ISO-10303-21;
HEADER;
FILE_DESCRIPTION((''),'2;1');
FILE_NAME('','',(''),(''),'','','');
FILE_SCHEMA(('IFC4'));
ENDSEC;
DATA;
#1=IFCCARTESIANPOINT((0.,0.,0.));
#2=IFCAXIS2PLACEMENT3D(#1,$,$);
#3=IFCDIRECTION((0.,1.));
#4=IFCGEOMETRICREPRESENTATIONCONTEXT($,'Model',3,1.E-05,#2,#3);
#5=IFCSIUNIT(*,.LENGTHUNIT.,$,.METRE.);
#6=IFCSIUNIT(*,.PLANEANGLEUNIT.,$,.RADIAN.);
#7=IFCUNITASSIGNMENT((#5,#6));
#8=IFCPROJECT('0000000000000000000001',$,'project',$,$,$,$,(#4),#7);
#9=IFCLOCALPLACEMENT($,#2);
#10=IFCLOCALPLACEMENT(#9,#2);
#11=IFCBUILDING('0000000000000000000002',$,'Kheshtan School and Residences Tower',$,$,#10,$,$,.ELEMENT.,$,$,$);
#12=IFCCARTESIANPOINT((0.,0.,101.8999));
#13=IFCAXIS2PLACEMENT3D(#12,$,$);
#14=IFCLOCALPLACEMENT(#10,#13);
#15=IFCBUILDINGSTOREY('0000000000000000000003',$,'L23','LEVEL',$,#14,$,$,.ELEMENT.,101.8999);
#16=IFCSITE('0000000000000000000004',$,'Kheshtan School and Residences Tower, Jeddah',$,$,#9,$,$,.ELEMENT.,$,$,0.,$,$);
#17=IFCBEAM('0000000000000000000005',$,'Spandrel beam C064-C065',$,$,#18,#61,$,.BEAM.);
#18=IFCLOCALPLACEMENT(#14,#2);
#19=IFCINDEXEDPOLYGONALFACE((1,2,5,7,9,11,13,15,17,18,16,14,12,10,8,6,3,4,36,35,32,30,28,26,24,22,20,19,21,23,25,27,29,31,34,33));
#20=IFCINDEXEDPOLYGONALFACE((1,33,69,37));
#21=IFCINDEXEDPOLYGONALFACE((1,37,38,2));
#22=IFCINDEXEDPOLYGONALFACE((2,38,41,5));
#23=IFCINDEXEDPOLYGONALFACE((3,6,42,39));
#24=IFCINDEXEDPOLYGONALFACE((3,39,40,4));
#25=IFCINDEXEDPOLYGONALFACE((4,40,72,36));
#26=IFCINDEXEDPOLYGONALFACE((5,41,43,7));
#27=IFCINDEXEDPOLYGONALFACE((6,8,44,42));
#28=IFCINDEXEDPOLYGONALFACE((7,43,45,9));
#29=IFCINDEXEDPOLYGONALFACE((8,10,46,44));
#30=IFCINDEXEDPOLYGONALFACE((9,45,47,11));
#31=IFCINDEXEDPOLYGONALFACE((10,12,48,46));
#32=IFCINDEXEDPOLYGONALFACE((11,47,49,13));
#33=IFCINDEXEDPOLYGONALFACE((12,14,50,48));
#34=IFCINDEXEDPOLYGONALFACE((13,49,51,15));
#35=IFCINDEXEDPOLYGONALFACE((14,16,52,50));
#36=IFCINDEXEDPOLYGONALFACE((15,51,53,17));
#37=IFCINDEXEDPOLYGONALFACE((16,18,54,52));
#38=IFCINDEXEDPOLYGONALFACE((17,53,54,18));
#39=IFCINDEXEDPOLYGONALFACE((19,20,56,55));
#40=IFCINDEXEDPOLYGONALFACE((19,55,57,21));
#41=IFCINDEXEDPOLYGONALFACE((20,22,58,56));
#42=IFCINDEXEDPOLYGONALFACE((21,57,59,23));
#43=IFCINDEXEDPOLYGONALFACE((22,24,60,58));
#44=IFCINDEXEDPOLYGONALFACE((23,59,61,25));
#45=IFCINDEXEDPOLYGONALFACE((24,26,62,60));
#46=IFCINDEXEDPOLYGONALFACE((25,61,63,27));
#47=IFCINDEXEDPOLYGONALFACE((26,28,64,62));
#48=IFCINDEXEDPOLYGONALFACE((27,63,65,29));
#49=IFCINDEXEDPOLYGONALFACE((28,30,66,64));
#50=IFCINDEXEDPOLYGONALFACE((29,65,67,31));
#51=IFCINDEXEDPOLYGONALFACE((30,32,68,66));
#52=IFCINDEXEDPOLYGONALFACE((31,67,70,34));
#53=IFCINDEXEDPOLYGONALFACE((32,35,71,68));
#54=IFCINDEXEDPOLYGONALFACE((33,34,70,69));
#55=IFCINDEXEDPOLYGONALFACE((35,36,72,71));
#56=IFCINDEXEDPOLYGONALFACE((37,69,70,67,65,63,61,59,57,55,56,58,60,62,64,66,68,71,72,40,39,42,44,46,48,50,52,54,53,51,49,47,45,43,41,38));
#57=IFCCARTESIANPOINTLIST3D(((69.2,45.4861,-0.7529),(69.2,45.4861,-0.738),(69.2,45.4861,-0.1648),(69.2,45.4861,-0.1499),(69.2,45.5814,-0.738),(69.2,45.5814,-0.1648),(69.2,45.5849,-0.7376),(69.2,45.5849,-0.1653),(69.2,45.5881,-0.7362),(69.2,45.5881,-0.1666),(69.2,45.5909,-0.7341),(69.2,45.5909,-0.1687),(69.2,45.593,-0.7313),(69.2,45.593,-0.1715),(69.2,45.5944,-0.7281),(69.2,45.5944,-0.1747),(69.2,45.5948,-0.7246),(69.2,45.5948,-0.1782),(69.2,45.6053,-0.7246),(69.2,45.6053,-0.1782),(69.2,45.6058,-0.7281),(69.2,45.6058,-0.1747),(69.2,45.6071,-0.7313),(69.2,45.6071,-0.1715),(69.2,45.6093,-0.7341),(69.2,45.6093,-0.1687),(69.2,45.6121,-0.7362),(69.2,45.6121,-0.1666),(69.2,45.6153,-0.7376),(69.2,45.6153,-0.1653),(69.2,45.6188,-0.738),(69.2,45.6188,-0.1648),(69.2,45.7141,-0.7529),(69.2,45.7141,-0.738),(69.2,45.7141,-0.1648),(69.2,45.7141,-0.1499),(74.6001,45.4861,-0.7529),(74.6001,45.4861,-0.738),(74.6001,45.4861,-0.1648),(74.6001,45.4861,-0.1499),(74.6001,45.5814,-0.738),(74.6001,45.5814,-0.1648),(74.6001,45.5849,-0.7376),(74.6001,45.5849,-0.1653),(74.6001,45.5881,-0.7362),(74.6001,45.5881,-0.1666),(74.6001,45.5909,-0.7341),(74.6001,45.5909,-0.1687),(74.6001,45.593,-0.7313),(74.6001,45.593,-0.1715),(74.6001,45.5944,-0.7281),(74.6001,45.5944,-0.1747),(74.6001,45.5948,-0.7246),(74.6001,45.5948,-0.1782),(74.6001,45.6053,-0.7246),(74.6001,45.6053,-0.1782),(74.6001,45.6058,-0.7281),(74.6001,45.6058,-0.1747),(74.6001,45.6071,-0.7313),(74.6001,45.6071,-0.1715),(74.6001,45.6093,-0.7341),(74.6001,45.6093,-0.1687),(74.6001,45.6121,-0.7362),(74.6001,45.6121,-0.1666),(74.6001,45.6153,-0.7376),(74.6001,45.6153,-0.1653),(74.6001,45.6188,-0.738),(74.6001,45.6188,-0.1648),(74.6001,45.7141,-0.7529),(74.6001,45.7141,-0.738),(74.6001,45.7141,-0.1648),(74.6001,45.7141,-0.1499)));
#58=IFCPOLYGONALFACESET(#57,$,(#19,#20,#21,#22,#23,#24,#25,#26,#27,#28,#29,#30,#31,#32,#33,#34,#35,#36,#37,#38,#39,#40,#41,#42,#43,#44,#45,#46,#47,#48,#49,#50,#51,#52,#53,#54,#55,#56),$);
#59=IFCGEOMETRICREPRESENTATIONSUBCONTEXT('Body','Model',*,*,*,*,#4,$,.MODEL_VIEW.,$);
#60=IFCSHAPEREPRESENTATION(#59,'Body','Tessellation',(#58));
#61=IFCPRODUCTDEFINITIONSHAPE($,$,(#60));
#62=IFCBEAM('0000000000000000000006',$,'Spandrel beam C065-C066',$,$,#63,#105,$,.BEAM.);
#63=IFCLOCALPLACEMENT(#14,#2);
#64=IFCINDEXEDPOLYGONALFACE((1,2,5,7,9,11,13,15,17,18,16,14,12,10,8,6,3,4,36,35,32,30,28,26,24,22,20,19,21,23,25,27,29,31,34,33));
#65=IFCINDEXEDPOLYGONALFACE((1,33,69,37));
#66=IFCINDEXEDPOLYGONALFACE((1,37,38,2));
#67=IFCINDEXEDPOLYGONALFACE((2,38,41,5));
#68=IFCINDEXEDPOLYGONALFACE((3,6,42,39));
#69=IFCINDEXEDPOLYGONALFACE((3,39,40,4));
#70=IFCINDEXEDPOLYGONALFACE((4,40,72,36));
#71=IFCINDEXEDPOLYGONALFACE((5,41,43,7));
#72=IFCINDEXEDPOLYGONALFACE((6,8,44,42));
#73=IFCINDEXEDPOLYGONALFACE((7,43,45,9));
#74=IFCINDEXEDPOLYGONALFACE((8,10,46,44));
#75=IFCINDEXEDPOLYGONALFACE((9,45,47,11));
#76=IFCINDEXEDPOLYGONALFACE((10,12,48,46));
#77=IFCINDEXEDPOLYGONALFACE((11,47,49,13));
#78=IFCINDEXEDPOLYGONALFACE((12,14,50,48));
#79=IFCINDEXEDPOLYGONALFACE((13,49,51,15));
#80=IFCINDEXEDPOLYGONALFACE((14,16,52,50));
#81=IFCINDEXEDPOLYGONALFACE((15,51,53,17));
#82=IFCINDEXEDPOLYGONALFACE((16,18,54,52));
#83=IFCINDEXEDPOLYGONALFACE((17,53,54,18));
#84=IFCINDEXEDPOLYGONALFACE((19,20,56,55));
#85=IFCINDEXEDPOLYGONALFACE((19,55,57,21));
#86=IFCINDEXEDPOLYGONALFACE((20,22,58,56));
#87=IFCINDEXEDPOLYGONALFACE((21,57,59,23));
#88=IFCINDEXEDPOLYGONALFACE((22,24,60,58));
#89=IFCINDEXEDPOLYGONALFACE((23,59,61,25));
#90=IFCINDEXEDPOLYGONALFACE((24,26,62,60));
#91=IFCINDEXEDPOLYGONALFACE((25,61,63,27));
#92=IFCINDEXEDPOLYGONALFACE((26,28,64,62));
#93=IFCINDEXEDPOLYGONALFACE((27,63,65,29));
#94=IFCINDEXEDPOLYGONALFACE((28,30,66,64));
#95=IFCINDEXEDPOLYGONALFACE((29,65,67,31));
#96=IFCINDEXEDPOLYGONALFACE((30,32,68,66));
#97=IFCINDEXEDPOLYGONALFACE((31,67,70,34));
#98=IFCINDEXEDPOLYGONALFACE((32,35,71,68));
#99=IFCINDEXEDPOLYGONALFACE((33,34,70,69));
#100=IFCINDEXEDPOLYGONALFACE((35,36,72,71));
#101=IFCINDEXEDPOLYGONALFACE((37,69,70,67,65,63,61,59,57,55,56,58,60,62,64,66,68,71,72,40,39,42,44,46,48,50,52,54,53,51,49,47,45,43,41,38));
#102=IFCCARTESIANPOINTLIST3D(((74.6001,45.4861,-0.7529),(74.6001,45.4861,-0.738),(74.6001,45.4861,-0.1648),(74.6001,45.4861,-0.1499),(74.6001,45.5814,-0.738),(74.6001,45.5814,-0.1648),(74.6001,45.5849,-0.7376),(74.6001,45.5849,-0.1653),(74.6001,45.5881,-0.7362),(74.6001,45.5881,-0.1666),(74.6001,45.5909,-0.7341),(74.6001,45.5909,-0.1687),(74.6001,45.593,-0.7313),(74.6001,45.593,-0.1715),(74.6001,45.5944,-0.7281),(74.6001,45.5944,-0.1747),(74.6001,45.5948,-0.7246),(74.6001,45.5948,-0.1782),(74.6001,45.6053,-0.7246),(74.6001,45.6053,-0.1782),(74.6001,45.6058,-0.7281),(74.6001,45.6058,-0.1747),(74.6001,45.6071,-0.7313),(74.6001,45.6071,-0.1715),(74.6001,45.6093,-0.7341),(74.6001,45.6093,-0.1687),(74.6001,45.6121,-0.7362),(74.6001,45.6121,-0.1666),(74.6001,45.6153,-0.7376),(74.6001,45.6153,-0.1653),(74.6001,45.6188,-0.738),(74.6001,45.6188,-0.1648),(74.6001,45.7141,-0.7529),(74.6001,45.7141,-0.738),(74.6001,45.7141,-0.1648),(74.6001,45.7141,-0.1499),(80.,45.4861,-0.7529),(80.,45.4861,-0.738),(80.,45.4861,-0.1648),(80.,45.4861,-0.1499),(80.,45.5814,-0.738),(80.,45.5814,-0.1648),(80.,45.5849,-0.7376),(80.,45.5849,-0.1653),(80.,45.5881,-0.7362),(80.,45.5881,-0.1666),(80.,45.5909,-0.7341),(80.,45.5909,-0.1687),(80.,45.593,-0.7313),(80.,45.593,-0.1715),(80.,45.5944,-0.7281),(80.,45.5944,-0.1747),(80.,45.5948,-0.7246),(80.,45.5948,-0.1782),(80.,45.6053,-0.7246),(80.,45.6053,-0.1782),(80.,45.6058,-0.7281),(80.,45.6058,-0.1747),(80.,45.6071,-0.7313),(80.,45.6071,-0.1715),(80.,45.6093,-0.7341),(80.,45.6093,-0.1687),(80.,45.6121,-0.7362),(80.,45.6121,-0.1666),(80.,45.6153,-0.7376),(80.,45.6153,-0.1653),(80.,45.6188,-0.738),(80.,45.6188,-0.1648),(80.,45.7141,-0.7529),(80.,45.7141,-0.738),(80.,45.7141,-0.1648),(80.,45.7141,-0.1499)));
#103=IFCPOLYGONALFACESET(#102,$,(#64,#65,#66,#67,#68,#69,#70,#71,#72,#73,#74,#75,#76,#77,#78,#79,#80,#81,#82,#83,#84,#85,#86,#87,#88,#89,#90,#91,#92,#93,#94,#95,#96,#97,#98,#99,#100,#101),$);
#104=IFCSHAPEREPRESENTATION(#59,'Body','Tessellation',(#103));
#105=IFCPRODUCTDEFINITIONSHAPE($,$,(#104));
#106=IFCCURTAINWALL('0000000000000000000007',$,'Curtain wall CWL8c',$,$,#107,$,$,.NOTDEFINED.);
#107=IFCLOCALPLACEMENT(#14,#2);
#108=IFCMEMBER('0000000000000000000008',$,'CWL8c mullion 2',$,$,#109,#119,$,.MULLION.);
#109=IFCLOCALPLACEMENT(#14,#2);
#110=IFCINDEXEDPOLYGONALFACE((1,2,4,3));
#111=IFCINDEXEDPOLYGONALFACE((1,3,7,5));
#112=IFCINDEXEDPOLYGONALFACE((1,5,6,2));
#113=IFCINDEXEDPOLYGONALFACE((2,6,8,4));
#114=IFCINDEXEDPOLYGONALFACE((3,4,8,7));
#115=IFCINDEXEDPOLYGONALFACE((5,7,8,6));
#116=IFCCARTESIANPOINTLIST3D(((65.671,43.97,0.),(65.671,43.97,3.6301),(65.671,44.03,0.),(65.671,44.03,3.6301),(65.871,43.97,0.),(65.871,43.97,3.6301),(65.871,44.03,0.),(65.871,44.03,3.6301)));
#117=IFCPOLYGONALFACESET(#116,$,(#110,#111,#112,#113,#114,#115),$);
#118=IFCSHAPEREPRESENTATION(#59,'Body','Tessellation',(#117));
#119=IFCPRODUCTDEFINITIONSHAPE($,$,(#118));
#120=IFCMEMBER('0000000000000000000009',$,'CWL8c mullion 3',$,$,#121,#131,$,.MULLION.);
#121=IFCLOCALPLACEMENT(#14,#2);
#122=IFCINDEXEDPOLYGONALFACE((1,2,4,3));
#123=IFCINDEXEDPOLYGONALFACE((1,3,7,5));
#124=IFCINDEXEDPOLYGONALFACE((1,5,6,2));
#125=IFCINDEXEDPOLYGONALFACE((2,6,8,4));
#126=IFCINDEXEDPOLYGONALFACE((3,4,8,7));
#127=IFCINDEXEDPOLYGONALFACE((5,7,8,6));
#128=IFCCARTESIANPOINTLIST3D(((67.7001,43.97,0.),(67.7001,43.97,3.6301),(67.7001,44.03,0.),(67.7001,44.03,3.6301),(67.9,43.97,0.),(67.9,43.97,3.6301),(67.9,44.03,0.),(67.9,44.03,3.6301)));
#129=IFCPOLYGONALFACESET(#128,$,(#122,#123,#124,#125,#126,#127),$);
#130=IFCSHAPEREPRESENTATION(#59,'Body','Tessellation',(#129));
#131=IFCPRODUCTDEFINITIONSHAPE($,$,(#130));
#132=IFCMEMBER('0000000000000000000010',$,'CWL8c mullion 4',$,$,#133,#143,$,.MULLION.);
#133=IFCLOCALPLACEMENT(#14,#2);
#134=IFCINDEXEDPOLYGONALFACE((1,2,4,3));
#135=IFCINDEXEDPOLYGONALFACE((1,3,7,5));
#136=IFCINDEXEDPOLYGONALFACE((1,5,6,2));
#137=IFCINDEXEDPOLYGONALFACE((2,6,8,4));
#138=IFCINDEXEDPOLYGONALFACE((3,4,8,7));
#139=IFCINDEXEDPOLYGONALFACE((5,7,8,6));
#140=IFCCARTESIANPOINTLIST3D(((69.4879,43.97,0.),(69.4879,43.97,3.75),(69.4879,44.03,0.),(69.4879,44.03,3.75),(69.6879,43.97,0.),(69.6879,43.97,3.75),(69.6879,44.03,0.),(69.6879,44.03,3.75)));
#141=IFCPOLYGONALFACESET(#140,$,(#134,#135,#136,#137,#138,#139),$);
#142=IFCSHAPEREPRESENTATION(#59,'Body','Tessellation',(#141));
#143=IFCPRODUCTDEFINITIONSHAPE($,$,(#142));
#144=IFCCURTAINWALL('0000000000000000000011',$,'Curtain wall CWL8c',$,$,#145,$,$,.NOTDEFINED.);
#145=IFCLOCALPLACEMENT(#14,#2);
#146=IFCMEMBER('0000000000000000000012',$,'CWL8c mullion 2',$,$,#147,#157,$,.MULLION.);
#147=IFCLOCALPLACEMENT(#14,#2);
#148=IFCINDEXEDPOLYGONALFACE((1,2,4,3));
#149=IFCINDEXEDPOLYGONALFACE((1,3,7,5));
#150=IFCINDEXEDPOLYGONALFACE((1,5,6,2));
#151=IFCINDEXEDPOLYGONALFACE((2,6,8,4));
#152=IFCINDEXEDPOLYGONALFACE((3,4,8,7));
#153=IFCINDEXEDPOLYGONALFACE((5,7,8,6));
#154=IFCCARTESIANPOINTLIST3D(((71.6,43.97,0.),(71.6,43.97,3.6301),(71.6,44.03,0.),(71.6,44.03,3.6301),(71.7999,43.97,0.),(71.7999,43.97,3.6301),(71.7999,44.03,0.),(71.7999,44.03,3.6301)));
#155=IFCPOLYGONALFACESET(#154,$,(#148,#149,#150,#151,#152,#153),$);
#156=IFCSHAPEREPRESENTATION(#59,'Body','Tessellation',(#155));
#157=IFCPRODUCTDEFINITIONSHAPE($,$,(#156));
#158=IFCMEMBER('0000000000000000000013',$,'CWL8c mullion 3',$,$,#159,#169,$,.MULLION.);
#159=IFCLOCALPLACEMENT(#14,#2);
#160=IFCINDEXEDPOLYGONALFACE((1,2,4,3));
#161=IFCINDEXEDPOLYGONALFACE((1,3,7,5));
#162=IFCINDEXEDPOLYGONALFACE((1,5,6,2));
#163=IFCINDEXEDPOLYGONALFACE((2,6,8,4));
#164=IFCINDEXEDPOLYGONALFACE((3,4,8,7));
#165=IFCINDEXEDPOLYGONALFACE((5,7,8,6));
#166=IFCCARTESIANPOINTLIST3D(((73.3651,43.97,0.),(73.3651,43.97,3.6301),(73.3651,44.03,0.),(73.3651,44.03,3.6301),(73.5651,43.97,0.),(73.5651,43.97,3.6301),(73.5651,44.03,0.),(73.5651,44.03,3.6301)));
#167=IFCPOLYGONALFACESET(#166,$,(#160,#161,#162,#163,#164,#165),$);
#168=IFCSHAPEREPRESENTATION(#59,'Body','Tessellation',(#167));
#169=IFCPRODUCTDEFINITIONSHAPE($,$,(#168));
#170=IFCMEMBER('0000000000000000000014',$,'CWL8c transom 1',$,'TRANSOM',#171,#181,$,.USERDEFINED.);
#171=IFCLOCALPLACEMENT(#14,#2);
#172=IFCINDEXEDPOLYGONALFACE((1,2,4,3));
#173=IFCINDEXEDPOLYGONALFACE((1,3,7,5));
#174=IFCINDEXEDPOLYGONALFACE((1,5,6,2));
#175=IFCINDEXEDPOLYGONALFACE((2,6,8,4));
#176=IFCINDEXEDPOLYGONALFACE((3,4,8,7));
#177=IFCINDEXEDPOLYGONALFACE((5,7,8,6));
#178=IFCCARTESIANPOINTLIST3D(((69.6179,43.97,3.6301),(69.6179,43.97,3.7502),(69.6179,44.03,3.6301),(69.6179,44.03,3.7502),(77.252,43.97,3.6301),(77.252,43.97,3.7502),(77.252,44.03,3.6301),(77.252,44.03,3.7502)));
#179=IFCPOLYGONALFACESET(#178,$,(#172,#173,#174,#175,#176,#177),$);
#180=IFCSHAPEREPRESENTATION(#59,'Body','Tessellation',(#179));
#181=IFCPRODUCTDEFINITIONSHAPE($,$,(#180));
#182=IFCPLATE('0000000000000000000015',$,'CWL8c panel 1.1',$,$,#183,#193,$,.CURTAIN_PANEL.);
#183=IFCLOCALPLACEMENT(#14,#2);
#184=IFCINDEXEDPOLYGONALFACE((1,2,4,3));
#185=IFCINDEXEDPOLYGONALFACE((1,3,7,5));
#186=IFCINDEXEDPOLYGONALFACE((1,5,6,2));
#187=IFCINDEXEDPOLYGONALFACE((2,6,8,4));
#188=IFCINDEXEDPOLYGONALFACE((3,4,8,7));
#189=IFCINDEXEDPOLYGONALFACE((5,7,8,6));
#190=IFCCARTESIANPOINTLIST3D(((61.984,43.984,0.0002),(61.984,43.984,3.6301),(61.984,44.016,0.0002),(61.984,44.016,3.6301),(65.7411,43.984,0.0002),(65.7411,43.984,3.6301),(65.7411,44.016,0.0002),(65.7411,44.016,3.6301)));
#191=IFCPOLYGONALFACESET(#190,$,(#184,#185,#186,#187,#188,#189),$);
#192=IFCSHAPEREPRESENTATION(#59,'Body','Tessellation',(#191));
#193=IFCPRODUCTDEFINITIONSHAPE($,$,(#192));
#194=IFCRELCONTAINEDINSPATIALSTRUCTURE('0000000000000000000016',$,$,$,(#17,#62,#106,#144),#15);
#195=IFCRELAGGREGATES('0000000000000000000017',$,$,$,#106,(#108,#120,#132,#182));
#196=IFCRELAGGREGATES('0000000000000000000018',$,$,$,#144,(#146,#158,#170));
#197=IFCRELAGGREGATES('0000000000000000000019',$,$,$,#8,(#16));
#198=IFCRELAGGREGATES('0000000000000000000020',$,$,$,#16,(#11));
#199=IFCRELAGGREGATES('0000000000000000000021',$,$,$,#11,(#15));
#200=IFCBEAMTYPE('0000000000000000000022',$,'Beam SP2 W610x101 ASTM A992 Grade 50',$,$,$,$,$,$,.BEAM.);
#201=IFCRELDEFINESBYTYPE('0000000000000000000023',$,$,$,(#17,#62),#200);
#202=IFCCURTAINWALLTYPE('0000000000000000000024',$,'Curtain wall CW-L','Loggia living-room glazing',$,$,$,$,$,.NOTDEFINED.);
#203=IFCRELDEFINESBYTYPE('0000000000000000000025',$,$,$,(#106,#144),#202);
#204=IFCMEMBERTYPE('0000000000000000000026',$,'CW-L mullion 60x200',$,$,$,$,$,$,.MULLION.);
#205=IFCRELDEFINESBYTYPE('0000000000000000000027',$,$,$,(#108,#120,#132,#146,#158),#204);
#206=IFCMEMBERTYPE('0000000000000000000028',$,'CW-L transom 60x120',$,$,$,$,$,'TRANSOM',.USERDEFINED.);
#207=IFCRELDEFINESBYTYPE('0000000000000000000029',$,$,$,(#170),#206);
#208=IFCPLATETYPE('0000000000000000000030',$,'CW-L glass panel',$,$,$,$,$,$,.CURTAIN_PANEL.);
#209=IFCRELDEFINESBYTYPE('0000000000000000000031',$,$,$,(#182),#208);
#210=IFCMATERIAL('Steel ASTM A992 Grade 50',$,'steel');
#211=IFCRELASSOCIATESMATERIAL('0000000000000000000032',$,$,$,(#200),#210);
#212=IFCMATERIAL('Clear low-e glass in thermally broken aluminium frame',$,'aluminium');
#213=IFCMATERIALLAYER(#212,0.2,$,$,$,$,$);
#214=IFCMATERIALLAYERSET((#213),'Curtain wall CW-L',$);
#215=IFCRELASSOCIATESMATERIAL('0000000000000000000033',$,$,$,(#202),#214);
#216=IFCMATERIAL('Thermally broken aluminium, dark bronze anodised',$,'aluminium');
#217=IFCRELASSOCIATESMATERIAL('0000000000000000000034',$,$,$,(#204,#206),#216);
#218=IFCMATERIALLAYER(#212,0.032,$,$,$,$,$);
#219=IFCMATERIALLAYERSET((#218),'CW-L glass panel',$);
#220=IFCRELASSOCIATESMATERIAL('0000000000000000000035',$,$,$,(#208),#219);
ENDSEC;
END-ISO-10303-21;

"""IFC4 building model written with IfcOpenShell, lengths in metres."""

from ifc_helpers import new_model, si_unit, direction, frame, origin, origin_2d, place, context, subcontext, project, spatial, rectangle, i_section, extrude, material, layer, layer_set, material_profile, profile_set, type_object, element, aggregate, save


model = new_model("IFC4")

# Units and contexts
model_context = context("Model", 3, precision=1e-05, world=origin(), true_north=direction((0.0, 1.0)))
body_context = subcontext(model_context, "Body", "Model", "MODEL_VIEW")
ifc_project = project(units=[si_unit("LENGTHUNIT", "METRE"), si_unit("PLANEANGLEUNIT", "RADIAN")], contexts=[model_context])

# Site, building, storey
site_placement = place(None, origin())
site = spatial("IfcSite", under=ifc_project, at=site_placement, Name="Kheshtan School and Residences Tower, Jeddah", CompositionType="ELEMENT", RefElevation=0.0)
building_placement = place(site_placement, origin())
building = spatial("IfcBuilding", under=site, at=building_placement, Name="Kheshtan School and Residences Tower", CompositionType="ELEMENT")
storey_placement = place(building_placement, frame((0.0, 0.0, 101.8999)))
storey = spatial("IfcBuildingStorey", under=building, at=storey_placement, Name="L23", Description="LEVEL", CompositionType="ELEMENT", Elevation=101.8999)

# Shared definitions
ifc_material_1 = material(Name="Steel ASTM A992 Grade 50", Category="steel")

# Beams
ifc_material_profile_1 = material_profile(ifc_material_1, i_section(OverallWidth=0.228, OverallDepth=0.603, WebThickness=0.0105, FlangeThickness=0.0149, FilletRadius=0.0134, at=origin_2d()), Name="W610x101")
ifc_profile_set_1 = profile_set([ifc_material_profile_1], Name="Steel ASTM A992 Grade 50")
beam_type_1 = type_object("IfcBeamType", Name="Beam SP2 W610x101 ASTM A992 Grade 50", PredefinedType="BEAM", material=ifc_profile_set_1)
beam_1_placement = place(storey_placement, frame((69.2, 45.6001, -0.4514), z_axis=(1.0, 0.0, 0.0), x_axis=(0.0, 1.0, 0.0)))
element("IfcBeam", 1, at=beam_1_placement, inside=storey, type_object=beam_type_1, Name="Spandrel beam C064-C065", PredefinedType="BEAM", context=body_context, shape_type="SweptSolid", body=[
    extrude(i_section(OverallWidth=0.228, OverallDepth=0.603, WebThickness=0.0105, FlangeThickness=0.0149, FilletRadius=0.0134, at=origin_2d()), origin(), (0.0, 0.0, 1.0), 5.4001),
])
beam_2_placement = place(storey_placement, frame((74.6001, 45.6001, -0.4514), z_axis=(1.0, 0.0, 0.0), x_axis=(0.0, 1.0, 0.0)))
element("IfcBeam", 2, at=beam_2_placement, inside=storey, type_object=beam_type_1, Name="Spandrel beam C065-C066", PredefinedType="BEAM", context=body_context, shape_type="SweptSolid", body=[
    extrude(i_section(OverallWidth=0.228, OverallDepth=0.603, WebThickness=0.0105, FlangeThickness=0.0149, FilletRadius=0.0134, at=origin_2d()), origin(), (0.0, 0.0, 1.0), 5.3999),
])

# Curtain walls, members
ifc_material_2 = material(Name="Clear low-e glass in thermally broken aluminium frame", Category="aluminium")
ifc_layer_1 = layer(ifc_material_2, 0.2)
ifc_layer_set_1 = layer_set([ifc_layer_1], Name="Curtain wall CW-L")
curtain_wall_type = type_object("IfcCurtainWallType", Name="Curtain wall CW-L", Description="Loggia living-room glazing", PredefinedType="NOTDEFINED", material=ifc_layer_set_1)
curtain_wall_1_placement = place(storey_placement, origin())
curtain_wall_1 = element("IfcCurtainWall", 3, at=curtain_wall_1_placement, inside=storey, type_object=curtain_wall_type, Name="Curtain wall CWL8c", PredefinedType="NOTDEFINED")
ifc_material_3 = material(Name="Thermally broken aluminium, dark bronze anodised", Category="aluminium")
ifc_material_profile_2 = material_profile(ifc_material_3, rectangle(XDim=0.0601, YDim=0.2, at=origin_2d()), Name="CW-L mullion 60x200")
ifc_profile_set_2 = profile_set([ifc_material_profile_2], Name="Thermally broken aluminium, dark bronze anodised")
member_type_1 = type_object("IfcMemberType", Name="CW-L mullion 60x200", PredefinedType="MULLION", material=ifc_profile_set_2)
member_1_placement = place(storey_placement, frame((65.771, 44.0, 0.0), z_axis=(0.0, 0.0, 1.0), x_axis=(0.0, 1.0, 0.0)))
member_1 = element("IfcMember", 4, at=member_1_placement, type_object=member_type_1, Name="CWL8c mullion 2", PredefinedType="MULLION", context=body_context, shape_type="SweptSolid", body=[
    extrude(rectangle(XDim=0.0601, YDim=0.2, at=origin_2d()), origin(), (0.0, 0.0, 1.0), 3.6301),
])
member_2_placement = place(storey_placement, frame((67.8, 44.0, 0.0), z_axis=(0.0, 0.0, 1.0), x_axis=(0.0, 1.0, 0.0)))
member_2 = element("IfcMember", 5, at=member_2_placement, type_object=member_type_1, Name="CWL8c mullion 3", PredefinedType="MULLION", context=body_context, shape_type="SweptSolid", body=[
    extrude(rectangle(XDim=0.0601, YDim=0.2, at=origin_2d()), origin(), (0.0, 0.0, 1.0), 3.6301),
])
member_3_placement = place(storey_placement, frame((69.5879, 44.0, 0.0), z_axis=(0.0, 0.0, 1.0), x_axis=(0.0, 1.0, 0.0)))
member_3 = element("IfcMember", 6, at=member_3_placement, type_object=member_type_1, Name="CWL8c mullion 4", PredefinedType="MULLION", context=body_context, shape_type="SweptSolid", body=[
    extrude(rectangle(XDim=0.0601, YDim=0.2, at=origin_2d()), origin(), (0.0, 0.0, 1.0), 3.75),
])
curtain_wall_2_placement = place(storey_placement, origin())
curtain_wall_2 = element("IfcCurtainWall", 7, at=curtain_wall_2_placement, inside=storey, type_object=curtain_wall_type, Name="Curtain wall CWL8c", PredefinedType="NOTDEFINED")
member_4_placement = place(storey_placement, frame((71.7, 44.0, 0.0), z_axis=(0.0, 0.0, 1.0), x_axis=(0.0, 1.0, 0.0)))
member_4 = element("IfcMember", 8, at=member_4_placement, type_object=member_type_1, Name="CWL8c mullion 2", PredefinedType="MULLION", context=body_context, shape_type="SweptSolid", body=[
    extrude(rectangle(XDim=0.0601, YDim=0.2, at=origin_2d()), origin(), (0.0, 0.0, 1.0), 3.6301),
])
member_5_placement = place(storey_placement, frame((73.4651, 44.0, 0.0), z_axis=(0.0, 0.0, 1.0), x_axis=(0.0, 1.0, 0.0)))
member_5 = element("IfcMember", 9, at=member_5_placement, type_object=member_type_1, Name="CWL8c mullion 3", PredefinedType="MULLION", context=body_context, shape_type="SweptSolid", body=[
    extrude(rectangle(XDim=0.0601, YDim=0.2, at=origin_2d()), origin(), (0.0, 0.0, 1.0), 3.6301),
])
ifc_material_profile_3 = material_profile(ifc_material_3, rectangle(XDim=0.0601, YDim=0.1201, at=origin_2d()), Name="CW-L transom 60x120")
ifc_profile_set_3 = profile_set([ifc_material_profile_3], Name="Thermally broken aluminium, dark bronze anodised")
member_type_2 = type_object("IfcMemberType", Name="CW-L transom 60x120", ElementType="TRANSOM", PredefinedType="USERDEFINED", material=ifc_profile_set_3)
member_6_placement = place(storey_placement, frame((69.6179, 44.0, 3.6902), z_axis=(1.0, 0.0, 0.0), x_axis=(0.0, 1.0, 0.0)))
member_6 = element("IfcMember", 10, at=member_6_placement, type_object=member_type_2, Name="CWL8c transom 1", ObjectType="TRANSOM", PredefinedType="USERDEFINED", context=body_context, shape_type="SweptSolid", body=[
    extrude(rectangle(XDim=0.0601, YDim=0.1201, at=origin_2d()), origin(), (0.0, 0.0, 1.0), 7.634),
])

# Plate
ifc_layer_2 = layer(ifc_material_2, 0.032)
ifc_layer_set_2 = layer_set([ifc_layer_2], Name="CW-L glass panel")
plate_type = type_object("IfcPlateType", Name="CW-L glass panel", PredefinedType="CURTAIN_PANEL", material=ifc_layer_set_2)
plate_1_placement = place(storey_placement, frame((63.8625, 44.0, 0.0002), z_axis=(0.0, 0.0, 1.0), x_axis=(1.0, 0.0, 0.0)))
plate_1 = element("IfcPlate", 11, at=plate_1_placement, type_object=plate_type, Name="CWL8c panel 1.1", PredefinedType="CURTAIN_PANEL", context=body_context, shape_type="SweptSolid", body=[
    extrude(rectangle(XDim=3.7571, YDim=0.032, at=origin_2d()), origin(), (0.0, 0.0, 1.0), 3.6299),
])
aggregate(curtain_wall_1, [member_1, member_2, member_3, plate_1])
aggregate(curtain_wall_2, [member_4, member_5, member_6])

save(model, "model.ifc")
